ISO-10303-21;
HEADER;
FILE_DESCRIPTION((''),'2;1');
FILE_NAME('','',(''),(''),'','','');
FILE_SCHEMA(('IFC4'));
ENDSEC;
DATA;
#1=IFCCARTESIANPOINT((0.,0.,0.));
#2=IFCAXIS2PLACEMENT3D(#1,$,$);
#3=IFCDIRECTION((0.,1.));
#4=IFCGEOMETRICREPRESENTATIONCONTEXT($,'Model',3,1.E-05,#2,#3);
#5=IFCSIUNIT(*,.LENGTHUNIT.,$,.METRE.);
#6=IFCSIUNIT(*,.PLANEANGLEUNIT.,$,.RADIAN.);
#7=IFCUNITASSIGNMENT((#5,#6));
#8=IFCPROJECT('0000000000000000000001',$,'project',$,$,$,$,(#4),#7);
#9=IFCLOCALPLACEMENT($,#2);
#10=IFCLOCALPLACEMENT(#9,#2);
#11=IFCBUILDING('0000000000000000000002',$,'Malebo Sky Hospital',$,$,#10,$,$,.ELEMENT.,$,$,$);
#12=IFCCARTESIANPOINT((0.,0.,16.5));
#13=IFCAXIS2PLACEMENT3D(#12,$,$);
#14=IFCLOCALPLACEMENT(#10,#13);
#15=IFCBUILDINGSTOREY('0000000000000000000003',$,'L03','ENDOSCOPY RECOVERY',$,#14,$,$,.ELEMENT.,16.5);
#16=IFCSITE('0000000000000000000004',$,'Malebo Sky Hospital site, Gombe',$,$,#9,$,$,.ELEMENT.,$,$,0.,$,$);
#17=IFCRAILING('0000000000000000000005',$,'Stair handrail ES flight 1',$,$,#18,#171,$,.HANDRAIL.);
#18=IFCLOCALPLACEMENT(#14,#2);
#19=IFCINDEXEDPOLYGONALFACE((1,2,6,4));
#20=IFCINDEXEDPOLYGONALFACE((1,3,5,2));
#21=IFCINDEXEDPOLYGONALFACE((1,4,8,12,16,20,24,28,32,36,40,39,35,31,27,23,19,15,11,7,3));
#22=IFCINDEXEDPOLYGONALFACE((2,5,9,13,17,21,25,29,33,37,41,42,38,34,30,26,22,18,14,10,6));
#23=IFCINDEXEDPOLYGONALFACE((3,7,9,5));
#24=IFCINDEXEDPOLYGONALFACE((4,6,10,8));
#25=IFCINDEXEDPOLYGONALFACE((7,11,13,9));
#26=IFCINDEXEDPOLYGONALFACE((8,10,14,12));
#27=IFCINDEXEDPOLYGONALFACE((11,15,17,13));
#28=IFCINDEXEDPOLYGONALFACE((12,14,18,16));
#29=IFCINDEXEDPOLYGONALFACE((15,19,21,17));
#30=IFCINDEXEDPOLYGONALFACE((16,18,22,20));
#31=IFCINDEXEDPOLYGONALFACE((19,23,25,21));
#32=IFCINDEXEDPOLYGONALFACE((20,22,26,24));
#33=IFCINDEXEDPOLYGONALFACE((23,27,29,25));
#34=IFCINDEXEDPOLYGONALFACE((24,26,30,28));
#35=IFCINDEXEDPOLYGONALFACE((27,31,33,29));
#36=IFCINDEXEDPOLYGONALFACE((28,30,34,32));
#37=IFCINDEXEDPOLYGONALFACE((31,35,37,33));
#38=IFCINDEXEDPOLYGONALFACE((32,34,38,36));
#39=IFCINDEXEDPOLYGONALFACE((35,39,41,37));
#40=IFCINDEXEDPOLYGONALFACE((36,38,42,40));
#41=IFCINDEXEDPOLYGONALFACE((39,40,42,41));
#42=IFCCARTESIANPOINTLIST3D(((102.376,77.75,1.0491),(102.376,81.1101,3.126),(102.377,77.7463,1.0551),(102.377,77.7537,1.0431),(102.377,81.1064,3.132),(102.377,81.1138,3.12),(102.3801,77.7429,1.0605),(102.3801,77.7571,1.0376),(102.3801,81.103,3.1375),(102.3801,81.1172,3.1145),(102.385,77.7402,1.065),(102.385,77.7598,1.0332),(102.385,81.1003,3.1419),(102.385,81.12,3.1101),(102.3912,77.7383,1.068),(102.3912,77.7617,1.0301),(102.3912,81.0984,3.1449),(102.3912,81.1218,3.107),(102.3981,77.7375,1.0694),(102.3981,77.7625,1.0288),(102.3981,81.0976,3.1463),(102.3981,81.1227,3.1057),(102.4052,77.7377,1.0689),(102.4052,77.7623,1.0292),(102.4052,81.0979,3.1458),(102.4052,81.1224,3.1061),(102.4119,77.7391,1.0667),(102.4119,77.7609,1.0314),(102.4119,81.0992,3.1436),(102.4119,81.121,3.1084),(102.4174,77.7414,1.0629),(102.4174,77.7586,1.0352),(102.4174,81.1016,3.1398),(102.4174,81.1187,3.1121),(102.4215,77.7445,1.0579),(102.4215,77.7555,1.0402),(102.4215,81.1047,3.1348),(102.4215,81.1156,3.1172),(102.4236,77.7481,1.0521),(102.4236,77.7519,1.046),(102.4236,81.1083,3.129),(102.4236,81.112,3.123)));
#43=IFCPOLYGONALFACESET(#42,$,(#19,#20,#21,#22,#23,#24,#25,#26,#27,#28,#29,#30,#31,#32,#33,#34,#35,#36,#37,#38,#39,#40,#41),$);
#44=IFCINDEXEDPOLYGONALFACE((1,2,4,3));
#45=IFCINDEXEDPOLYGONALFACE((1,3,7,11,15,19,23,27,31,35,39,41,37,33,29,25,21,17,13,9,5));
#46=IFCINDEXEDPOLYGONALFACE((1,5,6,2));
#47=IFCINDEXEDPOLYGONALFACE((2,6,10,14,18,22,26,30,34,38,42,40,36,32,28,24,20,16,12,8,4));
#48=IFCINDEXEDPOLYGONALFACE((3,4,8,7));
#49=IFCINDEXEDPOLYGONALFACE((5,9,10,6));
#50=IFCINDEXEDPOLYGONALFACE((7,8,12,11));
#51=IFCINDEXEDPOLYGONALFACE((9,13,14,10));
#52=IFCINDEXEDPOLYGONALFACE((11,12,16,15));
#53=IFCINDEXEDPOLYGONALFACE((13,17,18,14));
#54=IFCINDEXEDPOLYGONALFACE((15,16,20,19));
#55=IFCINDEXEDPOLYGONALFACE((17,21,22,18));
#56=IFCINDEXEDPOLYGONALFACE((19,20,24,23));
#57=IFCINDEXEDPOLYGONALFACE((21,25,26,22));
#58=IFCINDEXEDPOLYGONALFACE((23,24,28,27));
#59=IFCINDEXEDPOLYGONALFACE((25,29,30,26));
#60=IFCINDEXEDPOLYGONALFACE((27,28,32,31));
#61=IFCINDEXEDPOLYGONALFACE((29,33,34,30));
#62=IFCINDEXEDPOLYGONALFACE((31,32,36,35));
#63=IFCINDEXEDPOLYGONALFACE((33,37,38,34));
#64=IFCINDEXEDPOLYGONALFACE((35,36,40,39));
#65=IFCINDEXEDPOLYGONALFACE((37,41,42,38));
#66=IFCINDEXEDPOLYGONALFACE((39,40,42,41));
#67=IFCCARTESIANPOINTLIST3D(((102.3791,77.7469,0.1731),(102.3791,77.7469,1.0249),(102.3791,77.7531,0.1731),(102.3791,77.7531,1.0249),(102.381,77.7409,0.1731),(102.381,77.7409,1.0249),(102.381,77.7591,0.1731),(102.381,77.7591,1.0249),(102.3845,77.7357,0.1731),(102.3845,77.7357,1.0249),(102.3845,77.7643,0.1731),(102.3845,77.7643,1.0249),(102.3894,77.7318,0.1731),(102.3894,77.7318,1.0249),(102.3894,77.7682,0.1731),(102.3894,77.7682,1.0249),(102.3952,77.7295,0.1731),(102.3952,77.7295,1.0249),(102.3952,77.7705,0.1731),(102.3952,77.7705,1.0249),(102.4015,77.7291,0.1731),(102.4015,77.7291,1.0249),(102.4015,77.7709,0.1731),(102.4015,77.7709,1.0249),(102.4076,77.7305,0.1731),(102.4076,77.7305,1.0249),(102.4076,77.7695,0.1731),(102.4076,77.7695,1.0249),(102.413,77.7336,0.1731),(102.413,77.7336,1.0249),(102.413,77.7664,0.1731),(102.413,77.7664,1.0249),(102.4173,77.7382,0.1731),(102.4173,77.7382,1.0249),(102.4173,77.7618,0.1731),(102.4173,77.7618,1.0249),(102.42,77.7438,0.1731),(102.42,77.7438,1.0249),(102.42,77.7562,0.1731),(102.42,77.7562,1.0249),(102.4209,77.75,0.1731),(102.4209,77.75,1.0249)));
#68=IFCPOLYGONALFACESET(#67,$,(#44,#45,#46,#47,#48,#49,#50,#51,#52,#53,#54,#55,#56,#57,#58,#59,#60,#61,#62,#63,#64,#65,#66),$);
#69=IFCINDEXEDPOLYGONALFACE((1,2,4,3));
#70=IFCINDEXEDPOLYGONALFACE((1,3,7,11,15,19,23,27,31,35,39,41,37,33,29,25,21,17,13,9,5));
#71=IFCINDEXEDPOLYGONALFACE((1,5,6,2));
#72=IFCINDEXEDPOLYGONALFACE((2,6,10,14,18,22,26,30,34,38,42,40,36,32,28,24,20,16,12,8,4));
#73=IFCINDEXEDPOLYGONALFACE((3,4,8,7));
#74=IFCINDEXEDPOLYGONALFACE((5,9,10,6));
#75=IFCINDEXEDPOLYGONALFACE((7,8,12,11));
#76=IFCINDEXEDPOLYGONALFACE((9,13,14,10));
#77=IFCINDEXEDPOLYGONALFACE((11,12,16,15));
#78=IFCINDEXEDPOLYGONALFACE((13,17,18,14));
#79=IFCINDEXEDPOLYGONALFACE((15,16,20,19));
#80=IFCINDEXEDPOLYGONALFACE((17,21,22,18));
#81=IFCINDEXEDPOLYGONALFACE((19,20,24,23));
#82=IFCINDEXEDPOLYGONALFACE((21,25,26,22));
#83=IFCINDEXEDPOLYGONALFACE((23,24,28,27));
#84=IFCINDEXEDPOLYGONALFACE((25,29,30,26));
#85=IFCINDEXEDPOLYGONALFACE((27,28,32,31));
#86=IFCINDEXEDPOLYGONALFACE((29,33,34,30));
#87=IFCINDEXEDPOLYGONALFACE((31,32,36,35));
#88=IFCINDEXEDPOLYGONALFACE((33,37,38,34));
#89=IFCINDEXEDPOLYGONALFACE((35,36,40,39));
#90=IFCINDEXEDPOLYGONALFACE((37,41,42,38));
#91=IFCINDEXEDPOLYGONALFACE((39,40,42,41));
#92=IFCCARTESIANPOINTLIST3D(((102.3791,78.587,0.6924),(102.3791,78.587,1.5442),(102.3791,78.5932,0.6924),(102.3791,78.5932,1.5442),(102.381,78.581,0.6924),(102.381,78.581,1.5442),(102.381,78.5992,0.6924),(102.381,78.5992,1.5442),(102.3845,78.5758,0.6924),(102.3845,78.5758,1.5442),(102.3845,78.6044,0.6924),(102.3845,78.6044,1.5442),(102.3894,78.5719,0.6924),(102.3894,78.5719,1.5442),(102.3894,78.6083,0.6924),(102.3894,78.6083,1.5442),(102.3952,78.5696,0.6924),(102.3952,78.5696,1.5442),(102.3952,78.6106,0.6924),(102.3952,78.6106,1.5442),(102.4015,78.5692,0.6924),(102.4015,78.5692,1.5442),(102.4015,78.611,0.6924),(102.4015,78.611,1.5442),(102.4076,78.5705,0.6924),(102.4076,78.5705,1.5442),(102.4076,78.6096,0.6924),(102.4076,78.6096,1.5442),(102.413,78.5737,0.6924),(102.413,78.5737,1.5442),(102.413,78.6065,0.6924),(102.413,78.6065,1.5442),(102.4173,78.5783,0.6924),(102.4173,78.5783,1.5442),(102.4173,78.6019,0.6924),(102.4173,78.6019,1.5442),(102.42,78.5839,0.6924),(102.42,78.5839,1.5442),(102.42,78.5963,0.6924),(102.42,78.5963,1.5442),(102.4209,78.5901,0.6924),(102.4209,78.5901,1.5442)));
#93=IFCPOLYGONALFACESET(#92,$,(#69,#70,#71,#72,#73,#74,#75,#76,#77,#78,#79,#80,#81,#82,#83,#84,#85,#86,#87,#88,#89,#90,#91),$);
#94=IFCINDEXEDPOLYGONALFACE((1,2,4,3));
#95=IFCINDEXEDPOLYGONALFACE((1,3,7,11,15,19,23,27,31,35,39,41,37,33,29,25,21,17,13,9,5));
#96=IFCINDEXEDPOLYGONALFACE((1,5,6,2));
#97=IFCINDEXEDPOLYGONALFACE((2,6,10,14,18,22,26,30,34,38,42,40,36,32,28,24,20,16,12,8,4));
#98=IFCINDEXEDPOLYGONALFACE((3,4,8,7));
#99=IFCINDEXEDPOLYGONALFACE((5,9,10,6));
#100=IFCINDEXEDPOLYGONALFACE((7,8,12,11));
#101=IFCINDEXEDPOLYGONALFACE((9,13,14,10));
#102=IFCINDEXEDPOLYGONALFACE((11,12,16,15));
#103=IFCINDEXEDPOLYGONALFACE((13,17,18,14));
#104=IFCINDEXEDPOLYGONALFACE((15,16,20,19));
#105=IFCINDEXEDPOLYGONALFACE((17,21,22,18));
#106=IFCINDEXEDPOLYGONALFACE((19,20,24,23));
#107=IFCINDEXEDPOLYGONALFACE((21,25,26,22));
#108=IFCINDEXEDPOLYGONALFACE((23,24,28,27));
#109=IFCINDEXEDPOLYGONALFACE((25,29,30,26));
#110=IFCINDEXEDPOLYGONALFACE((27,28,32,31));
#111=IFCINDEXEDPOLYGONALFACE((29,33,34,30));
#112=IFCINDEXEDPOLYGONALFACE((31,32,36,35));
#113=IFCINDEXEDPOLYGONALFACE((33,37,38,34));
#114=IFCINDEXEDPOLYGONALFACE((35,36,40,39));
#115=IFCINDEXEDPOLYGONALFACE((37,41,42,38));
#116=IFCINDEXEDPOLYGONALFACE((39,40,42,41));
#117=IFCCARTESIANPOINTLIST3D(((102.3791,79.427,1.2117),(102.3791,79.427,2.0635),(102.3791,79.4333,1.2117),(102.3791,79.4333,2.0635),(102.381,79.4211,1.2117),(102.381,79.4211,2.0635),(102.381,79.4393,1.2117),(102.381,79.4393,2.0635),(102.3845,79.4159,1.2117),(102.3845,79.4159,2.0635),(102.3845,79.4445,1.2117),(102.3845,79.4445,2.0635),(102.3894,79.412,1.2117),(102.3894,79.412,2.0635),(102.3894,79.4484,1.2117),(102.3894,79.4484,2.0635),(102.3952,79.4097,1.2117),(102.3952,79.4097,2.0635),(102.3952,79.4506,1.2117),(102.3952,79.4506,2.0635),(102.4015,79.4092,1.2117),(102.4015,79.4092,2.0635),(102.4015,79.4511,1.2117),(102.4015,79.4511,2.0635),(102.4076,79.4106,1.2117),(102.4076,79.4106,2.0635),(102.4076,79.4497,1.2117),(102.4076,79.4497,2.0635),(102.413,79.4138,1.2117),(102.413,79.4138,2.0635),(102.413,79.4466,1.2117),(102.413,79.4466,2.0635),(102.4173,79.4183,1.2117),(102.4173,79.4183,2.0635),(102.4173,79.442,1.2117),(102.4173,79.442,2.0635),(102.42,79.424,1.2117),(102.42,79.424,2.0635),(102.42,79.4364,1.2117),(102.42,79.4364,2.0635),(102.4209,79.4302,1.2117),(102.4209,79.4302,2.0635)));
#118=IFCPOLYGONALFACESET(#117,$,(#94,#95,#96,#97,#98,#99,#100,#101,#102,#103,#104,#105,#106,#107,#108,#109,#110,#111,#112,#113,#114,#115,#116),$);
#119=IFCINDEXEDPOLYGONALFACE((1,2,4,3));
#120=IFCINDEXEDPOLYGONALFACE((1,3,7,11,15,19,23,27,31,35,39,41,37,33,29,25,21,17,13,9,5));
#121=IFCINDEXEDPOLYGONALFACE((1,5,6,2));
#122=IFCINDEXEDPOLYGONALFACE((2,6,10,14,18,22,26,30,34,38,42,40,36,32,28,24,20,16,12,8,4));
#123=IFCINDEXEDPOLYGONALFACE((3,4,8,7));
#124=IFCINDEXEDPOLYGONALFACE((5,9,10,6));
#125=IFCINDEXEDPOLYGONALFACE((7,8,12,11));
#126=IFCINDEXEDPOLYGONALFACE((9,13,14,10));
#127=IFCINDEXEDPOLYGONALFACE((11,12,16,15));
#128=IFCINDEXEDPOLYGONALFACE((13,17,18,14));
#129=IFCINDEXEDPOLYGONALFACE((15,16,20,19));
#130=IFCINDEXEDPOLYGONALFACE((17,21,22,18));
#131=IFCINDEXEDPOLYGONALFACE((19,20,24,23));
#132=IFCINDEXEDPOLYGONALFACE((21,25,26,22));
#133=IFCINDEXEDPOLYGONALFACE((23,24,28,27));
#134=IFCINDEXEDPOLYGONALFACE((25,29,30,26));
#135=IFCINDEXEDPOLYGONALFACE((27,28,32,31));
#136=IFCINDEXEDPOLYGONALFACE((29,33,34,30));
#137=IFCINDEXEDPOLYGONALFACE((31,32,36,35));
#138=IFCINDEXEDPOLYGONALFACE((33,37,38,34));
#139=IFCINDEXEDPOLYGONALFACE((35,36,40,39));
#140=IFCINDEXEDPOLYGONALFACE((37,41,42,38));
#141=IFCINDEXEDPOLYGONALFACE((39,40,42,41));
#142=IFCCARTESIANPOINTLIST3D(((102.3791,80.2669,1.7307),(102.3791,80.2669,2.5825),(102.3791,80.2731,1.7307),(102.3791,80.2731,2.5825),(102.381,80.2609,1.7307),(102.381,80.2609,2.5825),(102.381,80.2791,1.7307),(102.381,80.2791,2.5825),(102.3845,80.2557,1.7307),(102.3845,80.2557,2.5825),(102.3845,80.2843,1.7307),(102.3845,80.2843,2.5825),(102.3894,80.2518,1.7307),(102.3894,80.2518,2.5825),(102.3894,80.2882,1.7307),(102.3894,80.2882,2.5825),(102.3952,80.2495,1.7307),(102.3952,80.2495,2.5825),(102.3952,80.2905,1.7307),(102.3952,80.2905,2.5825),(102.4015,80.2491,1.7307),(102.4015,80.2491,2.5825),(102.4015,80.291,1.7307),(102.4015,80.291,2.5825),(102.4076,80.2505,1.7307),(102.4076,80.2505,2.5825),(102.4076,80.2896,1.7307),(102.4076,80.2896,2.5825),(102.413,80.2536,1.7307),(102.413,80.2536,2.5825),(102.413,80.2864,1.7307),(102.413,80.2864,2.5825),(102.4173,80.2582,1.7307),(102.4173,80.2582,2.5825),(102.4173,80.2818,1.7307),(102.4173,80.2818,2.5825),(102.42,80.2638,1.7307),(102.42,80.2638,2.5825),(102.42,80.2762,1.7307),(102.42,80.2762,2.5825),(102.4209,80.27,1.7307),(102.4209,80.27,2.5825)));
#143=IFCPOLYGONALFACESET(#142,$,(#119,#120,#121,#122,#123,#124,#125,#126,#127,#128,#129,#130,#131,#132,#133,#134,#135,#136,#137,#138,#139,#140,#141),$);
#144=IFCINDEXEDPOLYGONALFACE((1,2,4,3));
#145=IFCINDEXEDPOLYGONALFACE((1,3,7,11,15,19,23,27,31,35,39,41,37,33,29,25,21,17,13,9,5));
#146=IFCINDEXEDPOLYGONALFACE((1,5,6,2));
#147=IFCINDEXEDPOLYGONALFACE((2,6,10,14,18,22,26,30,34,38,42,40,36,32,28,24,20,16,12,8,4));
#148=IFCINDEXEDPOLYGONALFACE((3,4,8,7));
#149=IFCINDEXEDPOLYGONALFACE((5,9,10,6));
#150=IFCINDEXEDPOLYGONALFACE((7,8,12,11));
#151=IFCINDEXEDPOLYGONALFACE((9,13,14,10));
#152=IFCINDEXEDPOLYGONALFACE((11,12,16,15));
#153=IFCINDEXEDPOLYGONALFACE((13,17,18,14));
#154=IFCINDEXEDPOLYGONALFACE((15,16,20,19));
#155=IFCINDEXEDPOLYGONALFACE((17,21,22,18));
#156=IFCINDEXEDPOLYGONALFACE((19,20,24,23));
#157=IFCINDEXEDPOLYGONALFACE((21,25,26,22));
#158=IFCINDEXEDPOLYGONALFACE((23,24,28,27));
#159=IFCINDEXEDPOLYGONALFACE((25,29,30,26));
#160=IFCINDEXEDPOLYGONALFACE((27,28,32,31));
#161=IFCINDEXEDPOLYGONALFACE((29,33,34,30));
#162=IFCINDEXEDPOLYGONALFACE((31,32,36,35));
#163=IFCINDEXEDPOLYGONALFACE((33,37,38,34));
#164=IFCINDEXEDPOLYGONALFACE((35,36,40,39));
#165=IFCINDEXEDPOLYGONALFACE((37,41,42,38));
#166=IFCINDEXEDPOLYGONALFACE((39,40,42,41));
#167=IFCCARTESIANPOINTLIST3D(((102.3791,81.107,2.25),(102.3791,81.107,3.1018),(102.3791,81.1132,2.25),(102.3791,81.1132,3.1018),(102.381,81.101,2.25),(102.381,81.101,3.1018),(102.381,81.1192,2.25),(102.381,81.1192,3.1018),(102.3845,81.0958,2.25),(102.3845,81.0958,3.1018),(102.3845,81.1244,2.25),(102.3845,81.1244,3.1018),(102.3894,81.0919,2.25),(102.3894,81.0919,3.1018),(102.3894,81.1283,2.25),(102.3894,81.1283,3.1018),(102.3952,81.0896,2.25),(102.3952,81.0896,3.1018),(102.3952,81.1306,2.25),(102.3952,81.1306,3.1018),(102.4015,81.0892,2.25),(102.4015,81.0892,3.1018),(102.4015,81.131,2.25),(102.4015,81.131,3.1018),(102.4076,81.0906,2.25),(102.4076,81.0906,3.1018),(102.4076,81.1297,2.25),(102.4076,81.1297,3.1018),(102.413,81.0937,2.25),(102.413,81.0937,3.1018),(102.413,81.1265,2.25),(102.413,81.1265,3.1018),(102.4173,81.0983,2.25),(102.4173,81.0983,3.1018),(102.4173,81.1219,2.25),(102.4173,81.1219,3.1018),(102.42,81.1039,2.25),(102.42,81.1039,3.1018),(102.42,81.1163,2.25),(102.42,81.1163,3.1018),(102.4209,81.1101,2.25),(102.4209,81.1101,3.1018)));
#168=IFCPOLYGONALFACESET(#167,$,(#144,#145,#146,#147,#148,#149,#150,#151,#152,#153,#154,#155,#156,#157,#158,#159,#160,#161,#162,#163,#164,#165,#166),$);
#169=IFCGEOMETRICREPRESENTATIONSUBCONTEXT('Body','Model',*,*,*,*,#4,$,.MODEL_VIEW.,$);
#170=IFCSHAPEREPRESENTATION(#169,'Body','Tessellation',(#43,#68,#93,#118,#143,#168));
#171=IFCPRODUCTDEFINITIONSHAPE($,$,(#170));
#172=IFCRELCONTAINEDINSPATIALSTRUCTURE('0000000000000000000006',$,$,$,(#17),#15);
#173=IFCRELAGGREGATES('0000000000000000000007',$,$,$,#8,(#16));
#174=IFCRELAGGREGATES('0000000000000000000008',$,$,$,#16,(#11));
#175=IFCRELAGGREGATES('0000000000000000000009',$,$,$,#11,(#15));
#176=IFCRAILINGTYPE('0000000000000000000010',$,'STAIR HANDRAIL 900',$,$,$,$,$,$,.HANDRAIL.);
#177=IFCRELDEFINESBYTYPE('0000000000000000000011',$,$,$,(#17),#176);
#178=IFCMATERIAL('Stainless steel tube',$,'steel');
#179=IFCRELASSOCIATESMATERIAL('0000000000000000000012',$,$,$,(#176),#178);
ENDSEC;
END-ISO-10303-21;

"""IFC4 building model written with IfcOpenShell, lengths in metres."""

from ifc_helpers import new_model, si_unit, direction, frame, origin, origin_2d, place, context, subcontext, project, spatial, circle, extrude, material, type_object, element, save


model = new_model("IFC4")

# Units and contexts
model_context = context("Model", 3, precision=1e-05, world=origin(), true_north=direction((0.0, 1.0)))
body_context = subcontext(model_context, "Body", "Model", "MODEL_VIEW")
ifc_project = project(units=[si_unit("LENGTHUNIT", "METRE"), si_unit("PLANEANGLEUNIT", "RADIAN")], contexts=[model_context])

# Site, building, storey
site_placement = place(None, origin())
site = spatial("IfcSite", under=ifc_project, at=site_placement, Name="Malebo Sky Hospital site, Gombe", CompositionType="ELEMENT", RefElevation=0.0)
building_placement = place(site_placement, origin())
building = spatial("IfcBuilding", under=site, at=building_placement, Name="Malebo Sky Hospital", CompositionType="ELEMENT")
storey_placement = place(building_placement, frame((0.0, 0.0, 16.5)))
storey = spatial("IfcBuildingStorey", under=building, at=storey_placement, Name="L03", Description="ENDOSCOPY RECOVERY", CompositionType="ELEMENT", Elevation=16.5)

# Railing
ifc_material_1 = material(Name="Stainless steel tube", Category="steel")
railing_type = type_object("IfcRailingType", Name="STAIR HANDRAIL 900", PredefinedType="HANDRAIL", material=ifc_material_1)
railing_1_placement = place(storey_placement, frame((102.3999, 77.75, 0.1731)))
element("IfcRailing", 1, at=railing_1_placement, inside=storey, type_object=railing_type, Name="Stair handrail ES flight 1", PredefinedType="HANDRAIL", context=body_context, shape_type="SweptSolid", body=[
    extrude(circle(Radius=0.0239, at=origin_2d()), frame((0.0, 0.0, 0.876), z_axis=(0.0, 0.850623, 0.525776), x_axis=(-1.0, 0.0, 0.0)), (0.0, 0.0, 1.0), 3.9502),
    extrude(circle(Radius=0.021, at=origin_2d()), origin(), (0.0, 0.0, 1.0), 0.8518),
    extrude(circle(Radius=0.021, at=origin_2d()), frame((0.0, 0.8401, 0.5193)), (0.0, 0.0, 1.0), 0.8518),
    extrude(circle(Radius=0.021, at=origin_2d()), frame((0.0, 1.6802, 1.0386)), (0.0, 0.0, 1.0), 0.8518),
    extrude(circle(Radius=0.021, at=origin_2d()), frame((0.0, 2.52, 1.5576)), (0.0, 0.0, 1.0), 0.8518),
    extrude(circle(Radius=0.021, at=origin_2d()), frame((0.0, 3.3601, 2.0769)), (0.0, 0.0, 1.0), 0.8518),
])

save(model, "model.ifc")
